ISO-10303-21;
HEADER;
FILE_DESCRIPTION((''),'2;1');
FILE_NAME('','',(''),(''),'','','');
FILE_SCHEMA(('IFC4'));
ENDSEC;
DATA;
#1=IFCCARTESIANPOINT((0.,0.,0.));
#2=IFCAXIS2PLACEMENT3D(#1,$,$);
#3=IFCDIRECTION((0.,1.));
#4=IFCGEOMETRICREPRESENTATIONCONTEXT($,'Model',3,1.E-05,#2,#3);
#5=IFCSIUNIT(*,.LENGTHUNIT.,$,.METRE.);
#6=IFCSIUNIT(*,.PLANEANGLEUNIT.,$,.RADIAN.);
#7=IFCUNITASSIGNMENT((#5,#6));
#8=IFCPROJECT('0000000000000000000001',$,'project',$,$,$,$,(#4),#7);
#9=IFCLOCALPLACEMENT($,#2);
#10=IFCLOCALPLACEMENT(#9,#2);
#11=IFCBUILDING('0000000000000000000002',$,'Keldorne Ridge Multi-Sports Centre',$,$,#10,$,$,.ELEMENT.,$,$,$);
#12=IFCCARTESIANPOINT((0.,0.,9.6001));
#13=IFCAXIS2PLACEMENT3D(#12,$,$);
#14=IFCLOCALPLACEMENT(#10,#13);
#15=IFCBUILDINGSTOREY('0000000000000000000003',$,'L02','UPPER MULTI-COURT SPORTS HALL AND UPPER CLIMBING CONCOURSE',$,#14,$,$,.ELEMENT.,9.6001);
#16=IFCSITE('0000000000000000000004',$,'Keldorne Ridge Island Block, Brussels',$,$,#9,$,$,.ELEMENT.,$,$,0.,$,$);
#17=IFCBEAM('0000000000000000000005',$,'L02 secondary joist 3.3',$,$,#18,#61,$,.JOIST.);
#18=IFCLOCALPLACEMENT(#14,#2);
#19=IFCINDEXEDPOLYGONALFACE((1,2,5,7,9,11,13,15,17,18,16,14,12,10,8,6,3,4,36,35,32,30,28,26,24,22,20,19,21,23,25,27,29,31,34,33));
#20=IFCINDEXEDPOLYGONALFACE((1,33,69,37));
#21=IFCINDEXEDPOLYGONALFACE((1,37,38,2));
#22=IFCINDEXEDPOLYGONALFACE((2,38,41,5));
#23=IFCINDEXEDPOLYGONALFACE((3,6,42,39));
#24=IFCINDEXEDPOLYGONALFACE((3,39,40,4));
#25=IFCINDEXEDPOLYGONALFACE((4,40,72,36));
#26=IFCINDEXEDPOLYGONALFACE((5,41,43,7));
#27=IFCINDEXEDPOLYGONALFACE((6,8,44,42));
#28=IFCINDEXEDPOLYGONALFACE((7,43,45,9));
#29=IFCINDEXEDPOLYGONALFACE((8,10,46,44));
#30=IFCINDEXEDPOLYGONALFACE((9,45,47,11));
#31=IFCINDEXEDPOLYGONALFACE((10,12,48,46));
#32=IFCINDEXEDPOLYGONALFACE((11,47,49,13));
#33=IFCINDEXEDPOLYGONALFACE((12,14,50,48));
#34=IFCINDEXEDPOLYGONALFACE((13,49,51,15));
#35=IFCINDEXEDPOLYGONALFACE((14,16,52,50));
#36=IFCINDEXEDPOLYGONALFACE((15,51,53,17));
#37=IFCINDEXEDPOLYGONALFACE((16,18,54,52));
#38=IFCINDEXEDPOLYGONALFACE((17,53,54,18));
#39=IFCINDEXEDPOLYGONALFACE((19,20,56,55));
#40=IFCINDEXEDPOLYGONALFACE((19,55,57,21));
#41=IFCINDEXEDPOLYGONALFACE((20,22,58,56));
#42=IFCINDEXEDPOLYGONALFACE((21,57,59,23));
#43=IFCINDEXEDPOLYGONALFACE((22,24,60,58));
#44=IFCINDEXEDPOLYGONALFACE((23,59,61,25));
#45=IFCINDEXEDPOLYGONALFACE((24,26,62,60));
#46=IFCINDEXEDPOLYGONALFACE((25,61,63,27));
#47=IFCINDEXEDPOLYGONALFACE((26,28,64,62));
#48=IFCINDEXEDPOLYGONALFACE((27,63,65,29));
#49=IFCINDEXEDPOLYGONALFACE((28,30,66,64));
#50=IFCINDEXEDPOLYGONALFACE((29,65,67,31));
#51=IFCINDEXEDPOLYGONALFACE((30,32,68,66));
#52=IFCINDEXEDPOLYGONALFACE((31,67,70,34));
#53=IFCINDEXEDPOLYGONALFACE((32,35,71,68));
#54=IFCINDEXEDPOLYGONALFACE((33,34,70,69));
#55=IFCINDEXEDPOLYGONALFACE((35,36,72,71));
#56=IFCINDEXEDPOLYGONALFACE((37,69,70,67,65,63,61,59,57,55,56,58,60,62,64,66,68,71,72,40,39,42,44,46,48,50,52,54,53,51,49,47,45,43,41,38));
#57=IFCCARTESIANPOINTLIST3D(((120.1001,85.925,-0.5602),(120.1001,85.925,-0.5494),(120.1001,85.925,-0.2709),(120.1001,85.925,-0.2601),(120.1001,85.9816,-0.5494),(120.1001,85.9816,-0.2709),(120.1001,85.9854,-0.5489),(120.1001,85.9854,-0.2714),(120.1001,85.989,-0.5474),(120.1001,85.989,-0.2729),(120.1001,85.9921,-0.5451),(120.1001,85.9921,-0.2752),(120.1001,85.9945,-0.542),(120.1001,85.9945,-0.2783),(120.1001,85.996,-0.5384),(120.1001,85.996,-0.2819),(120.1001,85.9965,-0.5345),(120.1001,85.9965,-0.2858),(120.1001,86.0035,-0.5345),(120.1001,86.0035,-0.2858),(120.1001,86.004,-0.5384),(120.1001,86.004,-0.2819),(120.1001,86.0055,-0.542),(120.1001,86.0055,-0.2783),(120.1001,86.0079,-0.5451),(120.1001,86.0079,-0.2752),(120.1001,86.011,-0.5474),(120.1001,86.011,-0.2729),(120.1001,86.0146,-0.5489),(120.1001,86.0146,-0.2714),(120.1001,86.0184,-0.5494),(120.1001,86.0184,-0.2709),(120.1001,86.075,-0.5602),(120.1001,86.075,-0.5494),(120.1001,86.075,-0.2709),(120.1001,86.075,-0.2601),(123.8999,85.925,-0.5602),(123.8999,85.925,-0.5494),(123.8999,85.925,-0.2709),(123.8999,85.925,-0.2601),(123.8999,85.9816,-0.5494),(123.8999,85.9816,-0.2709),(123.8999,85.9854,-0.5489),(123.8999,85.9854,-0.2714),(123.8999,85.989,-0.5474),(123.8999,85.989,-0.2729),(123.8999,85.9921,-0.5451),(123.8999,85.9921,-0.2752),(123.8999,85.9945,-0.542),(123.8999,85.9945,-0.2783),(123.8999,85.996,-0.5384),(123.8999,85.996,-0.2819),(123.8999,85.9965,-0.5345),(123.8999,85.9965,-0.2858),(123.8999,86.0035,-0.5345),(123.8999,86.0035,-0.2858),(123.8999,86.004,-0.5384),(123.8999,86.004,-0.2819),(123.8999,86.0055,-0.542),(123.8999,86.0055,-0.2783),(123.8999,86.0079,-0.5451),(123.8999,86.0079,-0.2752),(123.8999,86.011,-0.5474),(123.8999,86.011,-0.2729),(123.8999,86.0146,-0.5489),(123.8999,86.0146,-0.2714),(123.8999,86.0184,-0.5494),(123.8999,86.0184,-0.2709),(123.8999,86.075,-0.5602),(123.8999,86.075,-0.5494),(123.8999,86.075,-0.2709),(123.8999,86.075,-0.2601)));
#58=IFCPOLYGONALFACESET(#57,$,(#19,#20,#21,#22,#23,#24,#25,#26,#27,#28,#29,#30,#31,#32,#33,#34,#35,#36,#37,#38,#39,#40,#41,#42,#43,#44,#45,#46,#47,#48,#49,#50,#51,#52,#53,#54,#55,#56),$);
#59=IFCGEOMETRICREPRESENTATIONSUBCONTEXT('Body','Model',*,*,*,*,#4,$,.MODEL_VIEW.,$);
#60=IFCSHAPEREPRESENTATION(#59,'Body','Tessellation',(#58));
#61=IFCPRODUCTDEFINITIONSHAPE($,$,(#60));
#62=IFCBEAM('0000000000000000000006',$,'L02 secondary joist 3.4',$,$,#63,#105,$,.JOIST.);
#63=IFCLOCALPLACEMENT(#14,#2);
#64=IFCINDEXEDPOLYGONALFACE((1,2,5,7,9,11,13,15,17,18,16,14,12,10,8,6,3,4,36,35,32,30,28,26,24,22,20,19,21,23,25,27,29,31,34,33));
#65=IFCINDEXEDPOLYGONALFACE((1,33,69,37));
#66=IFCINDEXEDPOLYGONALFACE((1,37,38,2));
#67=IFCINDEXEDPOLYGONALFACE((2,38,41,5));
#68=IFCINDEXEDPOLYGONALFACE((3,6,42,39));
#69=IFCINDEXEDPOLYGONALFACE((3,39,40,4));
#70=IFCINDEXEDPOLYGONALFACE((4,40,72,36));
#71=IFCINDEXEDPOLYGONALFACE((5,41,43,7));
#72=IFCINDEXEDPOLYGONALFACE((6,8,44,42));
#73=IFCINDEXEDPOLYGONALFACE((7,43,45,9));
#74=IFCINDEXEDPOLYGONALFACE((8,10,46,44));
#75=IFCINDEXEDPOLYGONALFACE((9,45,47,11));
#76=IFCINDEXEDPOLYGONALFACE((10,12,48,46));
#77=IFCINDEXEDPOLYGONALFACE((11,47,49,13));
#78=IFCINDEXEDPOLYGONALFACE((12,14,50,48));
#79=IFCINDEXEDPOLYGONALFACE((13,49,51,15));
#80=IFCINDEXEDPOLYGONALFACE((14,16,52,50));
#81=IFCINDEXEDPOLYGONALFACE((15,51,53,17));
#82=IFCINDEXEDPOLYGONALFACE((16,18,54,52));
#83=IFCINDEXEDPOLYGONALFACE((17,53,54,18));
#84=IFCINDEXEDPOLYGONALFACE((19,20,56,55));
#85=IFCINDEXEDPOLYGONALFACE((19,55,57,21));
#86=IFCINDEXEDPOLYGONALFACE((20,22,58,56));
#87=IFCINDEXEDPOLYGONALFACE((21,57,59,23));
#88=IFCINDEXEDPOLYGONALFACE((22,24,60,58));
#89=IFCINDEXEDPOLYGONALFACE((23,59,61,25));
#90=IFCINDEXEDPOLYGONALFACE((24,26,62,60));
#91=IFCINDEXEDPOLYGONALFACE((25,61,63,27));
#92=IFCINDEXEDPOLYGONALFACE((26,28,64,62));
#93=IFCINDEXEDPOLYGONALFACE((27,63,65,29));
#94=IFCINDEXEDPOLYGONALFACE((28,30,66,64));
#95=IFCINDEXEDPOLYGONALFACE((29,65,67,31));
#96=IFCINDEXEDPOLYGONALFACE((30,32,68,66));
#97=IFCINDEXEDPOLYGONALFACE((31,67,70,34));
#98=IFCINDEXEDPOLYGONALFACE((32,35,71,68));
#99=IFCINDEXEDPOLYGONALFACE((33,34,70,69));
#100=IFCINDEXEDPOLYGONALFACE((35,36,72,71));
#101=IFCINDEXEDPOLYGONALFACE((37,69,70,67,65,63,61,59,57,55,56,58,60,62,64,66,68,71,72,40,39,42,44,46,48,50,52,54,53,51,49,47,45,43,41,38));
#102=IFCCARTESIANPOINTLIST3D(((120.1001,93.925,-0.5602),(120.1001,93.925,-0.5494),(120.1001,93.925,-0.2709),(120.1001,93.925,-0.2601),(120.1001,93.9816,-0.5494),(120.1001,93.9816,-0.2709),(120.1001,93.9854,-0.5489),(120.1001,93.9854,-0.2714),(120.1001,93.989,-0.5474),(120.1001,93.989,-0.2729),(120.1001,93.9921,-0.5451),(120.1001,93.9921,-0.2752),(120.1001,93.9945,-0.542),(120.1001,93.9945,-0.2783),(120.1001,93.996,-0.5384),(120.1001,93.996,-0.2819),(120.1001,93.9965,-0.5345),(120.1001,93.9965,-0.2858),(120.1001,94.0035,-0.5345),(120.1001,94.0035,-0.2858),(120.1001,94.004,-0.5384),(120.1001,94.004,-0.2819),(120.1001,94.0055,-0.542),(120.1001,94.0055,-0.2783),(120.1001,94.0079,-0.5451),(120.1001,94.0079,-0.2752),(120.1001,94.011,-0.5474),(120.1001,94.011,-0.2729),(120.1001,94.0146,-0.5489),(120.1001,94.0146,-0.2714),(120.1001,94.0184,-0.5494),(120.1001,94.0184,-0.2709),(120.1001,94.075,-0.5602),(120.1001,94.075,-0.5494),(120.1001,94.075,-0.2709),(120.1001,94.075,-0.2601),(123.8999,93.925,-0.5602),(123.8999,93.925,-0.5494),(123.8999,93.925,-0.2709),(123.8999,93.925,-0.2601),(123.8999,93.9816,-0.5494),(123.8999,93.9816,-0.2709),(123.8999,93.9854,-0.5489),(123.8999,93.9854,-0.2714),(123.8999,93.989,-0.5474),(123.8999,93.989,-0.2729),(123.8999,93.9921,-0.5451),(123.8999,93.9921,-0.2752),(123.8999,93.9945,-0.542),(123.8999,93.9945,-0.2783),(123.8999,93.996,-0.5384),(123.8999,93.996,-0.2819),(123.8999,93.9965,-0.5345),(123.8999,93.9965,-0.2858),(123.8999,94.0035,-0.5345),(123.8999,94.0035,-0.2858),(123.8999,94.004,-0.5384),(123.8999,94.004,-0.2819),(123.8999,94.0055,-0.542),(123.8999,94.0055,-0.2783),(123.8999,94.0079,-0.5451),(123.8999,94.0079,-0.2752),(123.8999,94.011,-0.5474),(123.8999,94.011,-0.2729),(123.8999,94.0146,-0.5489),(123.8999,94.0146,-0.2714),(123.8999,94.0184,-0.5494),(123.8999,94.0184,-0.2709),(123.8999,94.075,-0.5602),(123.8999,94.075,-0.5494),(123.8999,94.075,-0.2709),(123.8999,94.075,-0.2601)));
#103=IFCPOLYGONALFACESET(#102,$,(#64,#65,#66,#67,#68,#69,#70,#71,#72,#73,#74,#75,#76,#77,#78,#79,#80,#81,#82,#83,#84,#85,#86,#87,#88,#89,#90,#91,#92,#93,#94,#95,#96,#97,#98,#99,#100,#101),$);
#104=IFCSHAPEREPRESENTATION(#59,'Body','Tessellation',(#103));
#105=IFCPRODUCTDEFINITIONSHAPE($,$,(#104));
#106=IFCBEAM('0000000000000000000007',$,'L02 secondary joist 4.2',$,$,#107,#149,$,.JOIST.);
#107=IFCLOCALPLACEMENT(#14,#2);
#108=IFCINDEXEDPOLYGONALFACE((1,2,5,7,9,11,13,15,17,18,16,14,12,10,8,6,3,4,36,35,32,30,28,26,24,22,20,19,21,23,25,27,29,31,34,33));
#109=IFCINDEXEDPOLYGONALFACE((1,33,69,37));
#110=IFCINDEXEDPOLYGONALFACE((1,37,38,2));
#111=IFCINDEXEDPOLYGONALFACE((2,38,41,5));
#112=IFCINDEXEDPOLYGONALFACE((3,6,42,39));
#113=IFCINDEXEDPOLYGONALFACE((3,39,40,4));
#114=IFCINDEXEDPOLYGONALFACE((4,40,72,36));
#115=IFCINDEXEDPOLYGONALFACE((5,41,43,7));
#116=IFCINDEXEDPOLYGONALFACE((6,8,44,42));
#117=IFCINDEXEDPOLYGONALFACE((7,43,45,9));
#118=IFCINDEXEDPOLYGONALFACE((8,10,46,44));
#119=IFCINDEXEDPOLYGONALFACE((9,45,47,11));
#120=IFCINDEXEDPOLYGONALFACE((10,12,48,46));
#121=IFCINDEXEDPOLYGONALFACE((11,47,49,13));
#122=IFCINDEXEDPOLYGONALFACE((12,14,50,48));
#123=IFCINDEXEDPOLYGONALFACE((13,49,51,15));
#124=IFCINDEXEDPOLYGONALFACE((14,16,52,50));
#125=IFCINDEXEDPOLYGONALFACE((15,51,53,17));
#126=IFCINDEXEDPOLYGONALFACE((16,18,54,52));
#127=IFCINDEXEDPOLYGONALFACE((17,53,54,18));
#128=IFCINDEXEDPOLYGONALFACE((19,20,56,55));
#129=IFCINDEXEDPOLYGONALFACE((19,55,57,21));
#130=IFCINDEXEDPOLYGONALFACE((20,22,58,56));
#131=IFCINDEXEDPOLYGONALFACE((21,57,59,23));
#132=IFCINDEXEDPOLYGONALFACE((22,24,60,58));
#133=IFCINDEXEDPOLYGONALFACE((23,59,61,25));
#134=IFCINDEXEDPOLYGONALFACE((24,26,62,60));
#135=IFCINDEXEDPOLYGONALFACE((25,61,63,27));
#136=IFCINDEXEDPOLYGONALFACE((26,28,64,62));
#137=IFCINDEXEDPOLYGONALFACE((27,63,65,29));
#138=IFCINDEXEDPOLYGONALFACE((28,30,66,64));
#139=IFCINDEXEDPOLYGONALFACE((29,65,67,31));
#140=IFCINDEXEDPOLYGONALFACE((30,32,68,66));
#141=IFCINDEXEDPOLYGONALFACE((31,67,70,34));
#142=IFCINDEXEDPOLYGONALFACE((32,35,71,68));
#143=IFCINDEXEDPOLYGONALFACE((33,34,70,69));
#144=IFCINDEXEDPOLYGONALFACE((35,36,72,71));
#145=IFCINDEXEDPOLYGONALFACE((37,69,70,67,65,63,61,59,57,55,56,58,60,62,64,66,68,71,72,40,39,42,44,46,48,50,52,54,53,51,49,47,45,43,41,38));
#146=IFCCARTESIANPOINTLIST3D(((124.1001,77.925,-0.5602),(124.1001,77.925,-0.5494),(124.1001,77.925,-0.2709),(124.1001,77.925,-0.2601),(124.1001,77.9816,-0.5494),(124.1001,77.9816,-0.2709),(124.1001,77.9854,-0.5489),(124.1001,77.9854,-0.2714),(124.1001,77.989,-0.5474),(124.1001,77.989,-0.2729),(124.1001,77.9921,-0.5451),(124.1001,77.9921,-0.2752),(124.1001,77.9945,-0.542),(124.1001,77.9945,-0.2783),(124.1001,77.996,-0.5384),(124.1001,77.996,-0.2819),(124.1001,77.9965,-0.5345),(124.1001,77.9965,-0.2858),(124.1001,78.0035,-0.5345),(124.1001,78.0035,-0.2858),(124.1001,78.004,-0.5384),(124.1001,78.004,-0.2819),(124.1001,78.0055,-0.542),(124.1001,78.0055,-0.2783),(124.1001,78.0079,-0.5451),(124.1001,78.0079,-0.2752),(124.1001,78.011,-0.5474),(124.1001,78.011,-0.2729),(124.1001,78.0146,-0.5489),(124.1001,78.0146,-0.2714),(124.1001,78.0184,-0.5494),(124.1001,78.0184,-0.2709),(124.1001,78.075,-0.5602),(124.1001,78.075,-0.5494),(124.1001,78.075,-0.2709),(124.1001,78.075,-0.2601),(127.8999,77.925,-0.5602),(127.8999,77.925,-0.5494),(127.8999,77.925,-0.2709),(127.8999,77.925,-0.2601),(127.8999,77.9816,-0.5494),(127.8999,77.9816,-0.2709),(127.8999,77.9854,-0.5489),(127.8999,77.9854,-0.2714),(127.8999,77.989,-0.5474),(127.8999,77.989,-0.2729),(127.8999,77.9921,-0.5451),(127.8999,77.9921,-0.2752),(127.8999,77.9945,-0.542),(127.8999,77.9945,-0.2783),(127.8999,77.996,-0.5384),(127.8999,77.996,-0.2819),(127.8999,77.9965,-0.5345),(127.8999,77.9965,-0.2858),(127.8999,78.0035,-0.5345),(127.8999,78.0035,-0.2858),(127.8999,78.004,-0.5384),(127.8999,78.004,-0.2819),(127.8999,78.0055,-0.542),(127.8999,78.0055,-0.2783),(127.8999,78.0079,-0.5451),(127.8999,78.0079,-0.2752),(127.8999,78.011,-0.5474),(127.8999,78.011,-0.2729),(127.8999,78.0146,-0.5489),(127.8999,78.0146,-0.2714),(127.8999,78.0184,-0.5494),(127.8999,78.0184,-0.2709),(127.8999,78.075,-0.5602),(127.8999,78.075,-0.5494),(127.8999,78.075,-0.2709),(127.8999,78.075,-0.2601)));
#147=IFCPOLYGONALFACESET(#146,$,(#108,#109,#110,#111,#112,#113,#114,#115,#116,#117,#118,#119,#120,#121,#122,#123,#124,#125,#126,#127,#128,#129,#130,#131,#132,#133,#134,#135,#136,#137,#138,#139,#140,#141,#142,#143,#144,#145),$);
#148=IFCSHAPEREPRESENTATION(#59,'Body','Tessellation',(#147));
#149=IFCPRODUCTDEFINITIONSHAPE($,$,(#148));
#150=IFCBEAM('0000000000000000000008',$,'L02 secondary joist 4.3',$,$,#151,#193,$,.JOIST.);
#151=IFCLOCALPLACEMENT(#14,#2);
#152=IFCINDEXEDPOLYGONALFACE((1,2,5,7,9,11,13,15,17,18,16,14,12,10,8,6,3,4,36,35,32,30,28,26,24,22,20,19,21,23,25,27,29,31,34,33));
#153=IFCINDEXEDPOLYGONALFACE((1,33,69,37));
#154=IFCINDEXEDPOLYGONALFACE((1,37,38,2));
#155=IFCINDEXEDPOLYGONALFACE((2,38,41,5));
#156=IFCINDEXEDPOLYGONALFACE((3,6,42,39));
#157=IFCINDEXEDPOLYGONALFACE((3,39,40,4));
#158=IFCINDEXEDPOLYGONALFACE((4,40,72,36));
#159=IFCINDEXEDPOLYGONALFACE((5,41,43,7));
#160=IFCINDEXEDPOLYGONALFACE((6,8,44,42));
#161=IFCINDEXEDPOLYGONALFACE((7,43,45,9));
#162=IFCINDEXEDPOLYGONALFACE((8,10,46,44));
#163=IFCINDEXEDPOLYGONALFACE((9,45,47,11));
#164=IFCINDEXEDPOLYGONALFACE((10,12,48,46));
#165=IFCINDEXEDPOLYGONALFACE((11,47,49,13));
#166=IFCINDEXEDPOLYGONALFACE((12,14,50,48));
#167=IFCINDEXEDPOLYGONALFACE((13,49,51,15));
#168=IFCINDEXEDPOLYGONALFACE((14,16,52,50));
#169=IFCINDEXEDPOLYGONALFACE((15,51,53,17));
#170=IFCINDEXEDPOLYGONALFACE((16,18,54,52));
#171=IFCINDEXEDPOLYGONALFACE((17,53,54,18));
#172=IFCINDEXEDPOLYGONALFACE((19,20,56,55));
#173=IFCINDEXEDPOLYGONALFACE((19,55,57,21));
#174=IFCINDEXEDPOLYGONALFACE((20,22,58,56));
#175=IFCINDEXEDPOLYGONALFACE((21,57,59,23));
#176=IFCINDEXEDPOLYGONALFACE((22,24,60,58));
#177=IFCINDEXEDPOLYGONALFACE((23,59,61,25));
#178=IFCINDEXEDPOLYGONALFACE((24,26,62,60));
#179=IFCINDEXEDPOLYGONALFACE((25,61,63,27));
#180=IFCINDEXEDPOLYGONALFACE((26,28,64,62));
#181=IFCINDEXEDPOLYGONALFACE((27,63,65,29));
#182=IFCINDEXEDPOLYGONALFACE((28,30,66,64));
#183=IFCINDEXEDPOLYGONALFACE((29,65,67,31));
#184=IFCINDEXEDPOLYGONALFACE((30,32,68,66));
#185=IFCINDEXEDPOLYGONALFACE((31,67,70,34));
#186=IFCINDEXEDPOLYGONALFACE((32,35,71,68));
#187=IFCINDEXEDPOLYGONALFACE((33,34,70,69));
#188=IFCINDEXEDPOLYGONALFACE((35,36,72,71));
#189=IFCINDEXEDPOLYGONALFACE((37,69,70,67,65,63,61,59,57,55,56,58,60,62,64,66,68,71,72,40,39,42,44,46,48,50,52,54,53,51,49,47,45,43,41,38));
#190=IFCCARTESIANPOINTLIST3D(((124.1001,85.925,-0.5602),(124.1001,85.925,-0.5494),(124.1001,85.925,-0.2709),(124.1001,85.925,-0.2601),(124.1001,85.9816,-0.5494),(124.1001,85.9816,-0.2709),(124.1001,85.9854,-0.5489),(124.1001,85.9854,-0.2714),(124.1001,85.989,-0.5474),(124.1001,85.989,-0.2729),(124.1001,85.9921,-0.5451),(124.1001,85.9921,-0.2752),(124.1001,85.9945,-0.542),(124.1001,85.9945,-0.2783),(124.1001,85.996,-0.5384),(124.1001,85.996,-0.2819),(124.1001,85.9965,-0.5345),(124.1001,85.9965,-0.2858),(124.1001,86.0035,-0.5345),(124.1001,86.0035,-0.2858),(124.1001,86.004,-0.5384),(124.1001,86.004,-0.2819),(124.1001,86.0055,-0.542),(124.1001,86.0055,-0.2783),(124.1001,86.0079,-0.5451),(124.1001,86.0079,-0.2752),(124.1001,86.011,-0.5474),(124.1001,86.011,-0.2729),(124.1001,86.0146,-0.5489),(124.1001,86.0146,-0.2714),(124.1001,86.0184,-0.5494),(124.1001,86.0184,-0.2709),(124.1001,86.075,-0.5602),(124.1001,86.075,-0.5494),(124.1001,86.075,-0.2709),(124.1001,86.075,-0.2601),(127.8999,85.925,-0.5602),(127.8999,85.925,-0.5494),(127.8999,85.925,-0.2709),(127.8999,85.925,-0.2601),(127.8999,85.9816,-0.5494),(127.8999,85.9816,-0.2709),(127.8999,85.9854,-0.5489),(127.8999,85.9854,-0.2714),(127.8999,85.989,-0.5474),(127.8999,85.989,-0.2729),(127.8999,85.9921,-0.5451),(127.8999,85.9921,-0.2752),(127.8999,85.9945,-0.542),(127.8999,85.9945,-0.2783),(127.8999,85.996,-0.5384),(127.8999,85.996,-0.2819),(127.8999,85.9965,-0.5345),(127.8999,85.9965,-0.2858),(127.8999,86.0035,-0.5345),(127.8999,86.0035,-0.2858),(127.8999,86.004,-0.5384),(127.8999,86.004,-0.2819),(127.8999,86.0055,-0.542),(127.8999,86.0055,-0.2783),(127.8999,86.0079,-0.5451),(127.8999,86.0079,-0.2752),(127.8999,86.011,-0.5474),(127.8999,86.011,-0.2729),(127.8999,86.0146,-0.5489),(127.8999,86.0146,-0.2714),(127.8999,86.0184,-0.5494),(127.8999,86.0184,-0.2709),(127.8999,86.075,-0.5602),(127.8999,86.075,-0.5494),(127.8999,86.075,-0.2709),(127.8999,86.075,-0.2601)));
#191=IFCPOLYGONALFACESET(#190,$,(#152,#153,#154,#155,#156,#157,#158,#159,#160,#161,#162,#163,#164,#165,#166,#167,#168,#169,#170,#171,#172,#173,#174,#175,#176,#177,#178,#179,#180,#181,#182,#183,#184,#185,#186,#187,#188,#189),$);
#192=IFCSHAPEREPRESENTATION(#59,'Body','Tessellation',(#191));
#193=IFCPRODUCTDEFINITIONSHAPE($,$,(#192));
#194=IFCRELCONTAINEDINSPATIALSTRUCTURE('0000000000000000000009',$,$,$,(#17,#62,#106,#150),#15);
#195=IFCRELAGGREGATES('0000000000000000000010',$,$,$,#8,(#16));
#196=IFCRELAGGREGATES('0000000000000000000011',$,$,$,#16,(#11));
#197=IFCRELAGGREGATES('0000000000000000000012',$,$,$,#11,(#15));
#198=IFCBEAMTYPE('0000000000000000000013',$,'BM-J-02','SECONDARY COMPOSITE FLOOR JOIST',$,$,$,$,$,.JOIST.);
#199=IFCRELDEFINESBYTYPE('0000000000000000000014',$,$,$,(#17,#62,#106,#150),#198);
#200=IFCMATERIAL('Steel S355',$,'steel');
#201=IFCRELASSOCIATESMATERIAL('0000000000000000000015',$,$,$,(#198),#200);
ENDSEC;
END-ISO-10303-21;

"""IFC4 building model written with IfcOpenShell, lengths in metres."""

from ifc_helpers import new_model, si_unit, direction, frame, origin, origin_2d, place, context, subcontext, project, spatial, i_section, extrude, material, material_profile, profile_set, type_object, element, save


model = new_model("IFC4")

# Units and contexts
model_context = context("Model", 3, precision=1e-05, world=origin(), true_north=direction((0.0, 1.0)))
body_context = subcontext(model_context, "Body", "Model", "MODEL_VIEW")
ifc_project = project(units=[si_unit("LENGTHUNIT", "METRE"), si_unit("PLANEANGLEUNIT", "RADIAN")], contexts=[model_context])

# Site, building, storey
site_placement = place(None, origin())
site = spatial("IfcSite", under=ifc_project, at=site_placement, Name="Keldorne Ridge Island Block, Brussels", CompositionType="ELEMENT", RefElevation=0.0)
building_placement = place(site_placement, origin())
building = spatial("IfcBuilding", under=site, at=building_placement, Name="Keldorne Ridge Multi-Sports Centre", CompositionType="ELEMENT")
storey_placement = place(building_placement, frame((0.0, 0.0, 9.6001)))
storey = spatial("IfcBuildingStorey", under=building, at=storey_placement, Name="L02", Description="UPPER MULTI-COURT SPORTS HALL AND UPPER CLIMBING CONCOURSE", CompositionType="ELEMENT", Elevation=9.6001)

# Shared definitions
ifc_material_1 = material(Name="Steel S355", Category="steel")

# Beams
ifc_material_profile_1 = material_profile(ifc_material_1, i_section(OverallWidth=0.1499, OverallDepth=0.3, WebThickness=0.0071, FlangeThickness=0.0107, FilletRadius=0.0149, at=origin_2d()), Name="IPE 300")
ifc_profile_set_1 = profile_set([ifc_material_profile_1], Name="Steel S355")
beam_type_1 = type_object("IfcBeamType", Name="BM-J-02", Description="SECONDARY COMPOSITE FLOOR JOIST", PredefinedType="JOIST", material=ifc_profile_set_1)
for number, where, z_axis, x_axis, name in (
    (1, (120.1001, 86.0, -0.4102), (1.0, 0.0, 0.0), (0.0, 1.0, 0.0), "L02 secondary joist 3.3"),
    (2, (120.1001, 94.0, -0.4102), (1.0, 0.0, 0.0), (0.0, 1.0, 0.0), "L02 secondary joist 3.4"),
    (3, (124.1001, 78.0, -0.4102), (1.0, 0.0, 0.0), (0.0, 1.0, 0.0), "L02 secondary joist 4.2"),
    (4, (124.1001, 86.0, -0.4102), (1.0, 0.0, 0.0), (0.0, 1.0, 0.0), "L02 secondary joist 4.3"),
):
    element("IfcBeam", number, at=place(storey_placement, frame(where, z_axis=z_axis, x_axis=x_axis)), inside=storey, type_object=beam_type_1, Name=name, PredefinedType="JOIST", context=body_context, shape_type="SweptSolid", body=[
        extrude(i_section(OverallWidth=0.1499, OverallDepth=0.3, WebThickness=0.0071, FlangeThickness=0.0107, FilletRadius=0.0149, at=origin_2d()), origin(), (0.0, 0.0, 1.0), 3.7998),
    ])

save(model, "model.ifc")
